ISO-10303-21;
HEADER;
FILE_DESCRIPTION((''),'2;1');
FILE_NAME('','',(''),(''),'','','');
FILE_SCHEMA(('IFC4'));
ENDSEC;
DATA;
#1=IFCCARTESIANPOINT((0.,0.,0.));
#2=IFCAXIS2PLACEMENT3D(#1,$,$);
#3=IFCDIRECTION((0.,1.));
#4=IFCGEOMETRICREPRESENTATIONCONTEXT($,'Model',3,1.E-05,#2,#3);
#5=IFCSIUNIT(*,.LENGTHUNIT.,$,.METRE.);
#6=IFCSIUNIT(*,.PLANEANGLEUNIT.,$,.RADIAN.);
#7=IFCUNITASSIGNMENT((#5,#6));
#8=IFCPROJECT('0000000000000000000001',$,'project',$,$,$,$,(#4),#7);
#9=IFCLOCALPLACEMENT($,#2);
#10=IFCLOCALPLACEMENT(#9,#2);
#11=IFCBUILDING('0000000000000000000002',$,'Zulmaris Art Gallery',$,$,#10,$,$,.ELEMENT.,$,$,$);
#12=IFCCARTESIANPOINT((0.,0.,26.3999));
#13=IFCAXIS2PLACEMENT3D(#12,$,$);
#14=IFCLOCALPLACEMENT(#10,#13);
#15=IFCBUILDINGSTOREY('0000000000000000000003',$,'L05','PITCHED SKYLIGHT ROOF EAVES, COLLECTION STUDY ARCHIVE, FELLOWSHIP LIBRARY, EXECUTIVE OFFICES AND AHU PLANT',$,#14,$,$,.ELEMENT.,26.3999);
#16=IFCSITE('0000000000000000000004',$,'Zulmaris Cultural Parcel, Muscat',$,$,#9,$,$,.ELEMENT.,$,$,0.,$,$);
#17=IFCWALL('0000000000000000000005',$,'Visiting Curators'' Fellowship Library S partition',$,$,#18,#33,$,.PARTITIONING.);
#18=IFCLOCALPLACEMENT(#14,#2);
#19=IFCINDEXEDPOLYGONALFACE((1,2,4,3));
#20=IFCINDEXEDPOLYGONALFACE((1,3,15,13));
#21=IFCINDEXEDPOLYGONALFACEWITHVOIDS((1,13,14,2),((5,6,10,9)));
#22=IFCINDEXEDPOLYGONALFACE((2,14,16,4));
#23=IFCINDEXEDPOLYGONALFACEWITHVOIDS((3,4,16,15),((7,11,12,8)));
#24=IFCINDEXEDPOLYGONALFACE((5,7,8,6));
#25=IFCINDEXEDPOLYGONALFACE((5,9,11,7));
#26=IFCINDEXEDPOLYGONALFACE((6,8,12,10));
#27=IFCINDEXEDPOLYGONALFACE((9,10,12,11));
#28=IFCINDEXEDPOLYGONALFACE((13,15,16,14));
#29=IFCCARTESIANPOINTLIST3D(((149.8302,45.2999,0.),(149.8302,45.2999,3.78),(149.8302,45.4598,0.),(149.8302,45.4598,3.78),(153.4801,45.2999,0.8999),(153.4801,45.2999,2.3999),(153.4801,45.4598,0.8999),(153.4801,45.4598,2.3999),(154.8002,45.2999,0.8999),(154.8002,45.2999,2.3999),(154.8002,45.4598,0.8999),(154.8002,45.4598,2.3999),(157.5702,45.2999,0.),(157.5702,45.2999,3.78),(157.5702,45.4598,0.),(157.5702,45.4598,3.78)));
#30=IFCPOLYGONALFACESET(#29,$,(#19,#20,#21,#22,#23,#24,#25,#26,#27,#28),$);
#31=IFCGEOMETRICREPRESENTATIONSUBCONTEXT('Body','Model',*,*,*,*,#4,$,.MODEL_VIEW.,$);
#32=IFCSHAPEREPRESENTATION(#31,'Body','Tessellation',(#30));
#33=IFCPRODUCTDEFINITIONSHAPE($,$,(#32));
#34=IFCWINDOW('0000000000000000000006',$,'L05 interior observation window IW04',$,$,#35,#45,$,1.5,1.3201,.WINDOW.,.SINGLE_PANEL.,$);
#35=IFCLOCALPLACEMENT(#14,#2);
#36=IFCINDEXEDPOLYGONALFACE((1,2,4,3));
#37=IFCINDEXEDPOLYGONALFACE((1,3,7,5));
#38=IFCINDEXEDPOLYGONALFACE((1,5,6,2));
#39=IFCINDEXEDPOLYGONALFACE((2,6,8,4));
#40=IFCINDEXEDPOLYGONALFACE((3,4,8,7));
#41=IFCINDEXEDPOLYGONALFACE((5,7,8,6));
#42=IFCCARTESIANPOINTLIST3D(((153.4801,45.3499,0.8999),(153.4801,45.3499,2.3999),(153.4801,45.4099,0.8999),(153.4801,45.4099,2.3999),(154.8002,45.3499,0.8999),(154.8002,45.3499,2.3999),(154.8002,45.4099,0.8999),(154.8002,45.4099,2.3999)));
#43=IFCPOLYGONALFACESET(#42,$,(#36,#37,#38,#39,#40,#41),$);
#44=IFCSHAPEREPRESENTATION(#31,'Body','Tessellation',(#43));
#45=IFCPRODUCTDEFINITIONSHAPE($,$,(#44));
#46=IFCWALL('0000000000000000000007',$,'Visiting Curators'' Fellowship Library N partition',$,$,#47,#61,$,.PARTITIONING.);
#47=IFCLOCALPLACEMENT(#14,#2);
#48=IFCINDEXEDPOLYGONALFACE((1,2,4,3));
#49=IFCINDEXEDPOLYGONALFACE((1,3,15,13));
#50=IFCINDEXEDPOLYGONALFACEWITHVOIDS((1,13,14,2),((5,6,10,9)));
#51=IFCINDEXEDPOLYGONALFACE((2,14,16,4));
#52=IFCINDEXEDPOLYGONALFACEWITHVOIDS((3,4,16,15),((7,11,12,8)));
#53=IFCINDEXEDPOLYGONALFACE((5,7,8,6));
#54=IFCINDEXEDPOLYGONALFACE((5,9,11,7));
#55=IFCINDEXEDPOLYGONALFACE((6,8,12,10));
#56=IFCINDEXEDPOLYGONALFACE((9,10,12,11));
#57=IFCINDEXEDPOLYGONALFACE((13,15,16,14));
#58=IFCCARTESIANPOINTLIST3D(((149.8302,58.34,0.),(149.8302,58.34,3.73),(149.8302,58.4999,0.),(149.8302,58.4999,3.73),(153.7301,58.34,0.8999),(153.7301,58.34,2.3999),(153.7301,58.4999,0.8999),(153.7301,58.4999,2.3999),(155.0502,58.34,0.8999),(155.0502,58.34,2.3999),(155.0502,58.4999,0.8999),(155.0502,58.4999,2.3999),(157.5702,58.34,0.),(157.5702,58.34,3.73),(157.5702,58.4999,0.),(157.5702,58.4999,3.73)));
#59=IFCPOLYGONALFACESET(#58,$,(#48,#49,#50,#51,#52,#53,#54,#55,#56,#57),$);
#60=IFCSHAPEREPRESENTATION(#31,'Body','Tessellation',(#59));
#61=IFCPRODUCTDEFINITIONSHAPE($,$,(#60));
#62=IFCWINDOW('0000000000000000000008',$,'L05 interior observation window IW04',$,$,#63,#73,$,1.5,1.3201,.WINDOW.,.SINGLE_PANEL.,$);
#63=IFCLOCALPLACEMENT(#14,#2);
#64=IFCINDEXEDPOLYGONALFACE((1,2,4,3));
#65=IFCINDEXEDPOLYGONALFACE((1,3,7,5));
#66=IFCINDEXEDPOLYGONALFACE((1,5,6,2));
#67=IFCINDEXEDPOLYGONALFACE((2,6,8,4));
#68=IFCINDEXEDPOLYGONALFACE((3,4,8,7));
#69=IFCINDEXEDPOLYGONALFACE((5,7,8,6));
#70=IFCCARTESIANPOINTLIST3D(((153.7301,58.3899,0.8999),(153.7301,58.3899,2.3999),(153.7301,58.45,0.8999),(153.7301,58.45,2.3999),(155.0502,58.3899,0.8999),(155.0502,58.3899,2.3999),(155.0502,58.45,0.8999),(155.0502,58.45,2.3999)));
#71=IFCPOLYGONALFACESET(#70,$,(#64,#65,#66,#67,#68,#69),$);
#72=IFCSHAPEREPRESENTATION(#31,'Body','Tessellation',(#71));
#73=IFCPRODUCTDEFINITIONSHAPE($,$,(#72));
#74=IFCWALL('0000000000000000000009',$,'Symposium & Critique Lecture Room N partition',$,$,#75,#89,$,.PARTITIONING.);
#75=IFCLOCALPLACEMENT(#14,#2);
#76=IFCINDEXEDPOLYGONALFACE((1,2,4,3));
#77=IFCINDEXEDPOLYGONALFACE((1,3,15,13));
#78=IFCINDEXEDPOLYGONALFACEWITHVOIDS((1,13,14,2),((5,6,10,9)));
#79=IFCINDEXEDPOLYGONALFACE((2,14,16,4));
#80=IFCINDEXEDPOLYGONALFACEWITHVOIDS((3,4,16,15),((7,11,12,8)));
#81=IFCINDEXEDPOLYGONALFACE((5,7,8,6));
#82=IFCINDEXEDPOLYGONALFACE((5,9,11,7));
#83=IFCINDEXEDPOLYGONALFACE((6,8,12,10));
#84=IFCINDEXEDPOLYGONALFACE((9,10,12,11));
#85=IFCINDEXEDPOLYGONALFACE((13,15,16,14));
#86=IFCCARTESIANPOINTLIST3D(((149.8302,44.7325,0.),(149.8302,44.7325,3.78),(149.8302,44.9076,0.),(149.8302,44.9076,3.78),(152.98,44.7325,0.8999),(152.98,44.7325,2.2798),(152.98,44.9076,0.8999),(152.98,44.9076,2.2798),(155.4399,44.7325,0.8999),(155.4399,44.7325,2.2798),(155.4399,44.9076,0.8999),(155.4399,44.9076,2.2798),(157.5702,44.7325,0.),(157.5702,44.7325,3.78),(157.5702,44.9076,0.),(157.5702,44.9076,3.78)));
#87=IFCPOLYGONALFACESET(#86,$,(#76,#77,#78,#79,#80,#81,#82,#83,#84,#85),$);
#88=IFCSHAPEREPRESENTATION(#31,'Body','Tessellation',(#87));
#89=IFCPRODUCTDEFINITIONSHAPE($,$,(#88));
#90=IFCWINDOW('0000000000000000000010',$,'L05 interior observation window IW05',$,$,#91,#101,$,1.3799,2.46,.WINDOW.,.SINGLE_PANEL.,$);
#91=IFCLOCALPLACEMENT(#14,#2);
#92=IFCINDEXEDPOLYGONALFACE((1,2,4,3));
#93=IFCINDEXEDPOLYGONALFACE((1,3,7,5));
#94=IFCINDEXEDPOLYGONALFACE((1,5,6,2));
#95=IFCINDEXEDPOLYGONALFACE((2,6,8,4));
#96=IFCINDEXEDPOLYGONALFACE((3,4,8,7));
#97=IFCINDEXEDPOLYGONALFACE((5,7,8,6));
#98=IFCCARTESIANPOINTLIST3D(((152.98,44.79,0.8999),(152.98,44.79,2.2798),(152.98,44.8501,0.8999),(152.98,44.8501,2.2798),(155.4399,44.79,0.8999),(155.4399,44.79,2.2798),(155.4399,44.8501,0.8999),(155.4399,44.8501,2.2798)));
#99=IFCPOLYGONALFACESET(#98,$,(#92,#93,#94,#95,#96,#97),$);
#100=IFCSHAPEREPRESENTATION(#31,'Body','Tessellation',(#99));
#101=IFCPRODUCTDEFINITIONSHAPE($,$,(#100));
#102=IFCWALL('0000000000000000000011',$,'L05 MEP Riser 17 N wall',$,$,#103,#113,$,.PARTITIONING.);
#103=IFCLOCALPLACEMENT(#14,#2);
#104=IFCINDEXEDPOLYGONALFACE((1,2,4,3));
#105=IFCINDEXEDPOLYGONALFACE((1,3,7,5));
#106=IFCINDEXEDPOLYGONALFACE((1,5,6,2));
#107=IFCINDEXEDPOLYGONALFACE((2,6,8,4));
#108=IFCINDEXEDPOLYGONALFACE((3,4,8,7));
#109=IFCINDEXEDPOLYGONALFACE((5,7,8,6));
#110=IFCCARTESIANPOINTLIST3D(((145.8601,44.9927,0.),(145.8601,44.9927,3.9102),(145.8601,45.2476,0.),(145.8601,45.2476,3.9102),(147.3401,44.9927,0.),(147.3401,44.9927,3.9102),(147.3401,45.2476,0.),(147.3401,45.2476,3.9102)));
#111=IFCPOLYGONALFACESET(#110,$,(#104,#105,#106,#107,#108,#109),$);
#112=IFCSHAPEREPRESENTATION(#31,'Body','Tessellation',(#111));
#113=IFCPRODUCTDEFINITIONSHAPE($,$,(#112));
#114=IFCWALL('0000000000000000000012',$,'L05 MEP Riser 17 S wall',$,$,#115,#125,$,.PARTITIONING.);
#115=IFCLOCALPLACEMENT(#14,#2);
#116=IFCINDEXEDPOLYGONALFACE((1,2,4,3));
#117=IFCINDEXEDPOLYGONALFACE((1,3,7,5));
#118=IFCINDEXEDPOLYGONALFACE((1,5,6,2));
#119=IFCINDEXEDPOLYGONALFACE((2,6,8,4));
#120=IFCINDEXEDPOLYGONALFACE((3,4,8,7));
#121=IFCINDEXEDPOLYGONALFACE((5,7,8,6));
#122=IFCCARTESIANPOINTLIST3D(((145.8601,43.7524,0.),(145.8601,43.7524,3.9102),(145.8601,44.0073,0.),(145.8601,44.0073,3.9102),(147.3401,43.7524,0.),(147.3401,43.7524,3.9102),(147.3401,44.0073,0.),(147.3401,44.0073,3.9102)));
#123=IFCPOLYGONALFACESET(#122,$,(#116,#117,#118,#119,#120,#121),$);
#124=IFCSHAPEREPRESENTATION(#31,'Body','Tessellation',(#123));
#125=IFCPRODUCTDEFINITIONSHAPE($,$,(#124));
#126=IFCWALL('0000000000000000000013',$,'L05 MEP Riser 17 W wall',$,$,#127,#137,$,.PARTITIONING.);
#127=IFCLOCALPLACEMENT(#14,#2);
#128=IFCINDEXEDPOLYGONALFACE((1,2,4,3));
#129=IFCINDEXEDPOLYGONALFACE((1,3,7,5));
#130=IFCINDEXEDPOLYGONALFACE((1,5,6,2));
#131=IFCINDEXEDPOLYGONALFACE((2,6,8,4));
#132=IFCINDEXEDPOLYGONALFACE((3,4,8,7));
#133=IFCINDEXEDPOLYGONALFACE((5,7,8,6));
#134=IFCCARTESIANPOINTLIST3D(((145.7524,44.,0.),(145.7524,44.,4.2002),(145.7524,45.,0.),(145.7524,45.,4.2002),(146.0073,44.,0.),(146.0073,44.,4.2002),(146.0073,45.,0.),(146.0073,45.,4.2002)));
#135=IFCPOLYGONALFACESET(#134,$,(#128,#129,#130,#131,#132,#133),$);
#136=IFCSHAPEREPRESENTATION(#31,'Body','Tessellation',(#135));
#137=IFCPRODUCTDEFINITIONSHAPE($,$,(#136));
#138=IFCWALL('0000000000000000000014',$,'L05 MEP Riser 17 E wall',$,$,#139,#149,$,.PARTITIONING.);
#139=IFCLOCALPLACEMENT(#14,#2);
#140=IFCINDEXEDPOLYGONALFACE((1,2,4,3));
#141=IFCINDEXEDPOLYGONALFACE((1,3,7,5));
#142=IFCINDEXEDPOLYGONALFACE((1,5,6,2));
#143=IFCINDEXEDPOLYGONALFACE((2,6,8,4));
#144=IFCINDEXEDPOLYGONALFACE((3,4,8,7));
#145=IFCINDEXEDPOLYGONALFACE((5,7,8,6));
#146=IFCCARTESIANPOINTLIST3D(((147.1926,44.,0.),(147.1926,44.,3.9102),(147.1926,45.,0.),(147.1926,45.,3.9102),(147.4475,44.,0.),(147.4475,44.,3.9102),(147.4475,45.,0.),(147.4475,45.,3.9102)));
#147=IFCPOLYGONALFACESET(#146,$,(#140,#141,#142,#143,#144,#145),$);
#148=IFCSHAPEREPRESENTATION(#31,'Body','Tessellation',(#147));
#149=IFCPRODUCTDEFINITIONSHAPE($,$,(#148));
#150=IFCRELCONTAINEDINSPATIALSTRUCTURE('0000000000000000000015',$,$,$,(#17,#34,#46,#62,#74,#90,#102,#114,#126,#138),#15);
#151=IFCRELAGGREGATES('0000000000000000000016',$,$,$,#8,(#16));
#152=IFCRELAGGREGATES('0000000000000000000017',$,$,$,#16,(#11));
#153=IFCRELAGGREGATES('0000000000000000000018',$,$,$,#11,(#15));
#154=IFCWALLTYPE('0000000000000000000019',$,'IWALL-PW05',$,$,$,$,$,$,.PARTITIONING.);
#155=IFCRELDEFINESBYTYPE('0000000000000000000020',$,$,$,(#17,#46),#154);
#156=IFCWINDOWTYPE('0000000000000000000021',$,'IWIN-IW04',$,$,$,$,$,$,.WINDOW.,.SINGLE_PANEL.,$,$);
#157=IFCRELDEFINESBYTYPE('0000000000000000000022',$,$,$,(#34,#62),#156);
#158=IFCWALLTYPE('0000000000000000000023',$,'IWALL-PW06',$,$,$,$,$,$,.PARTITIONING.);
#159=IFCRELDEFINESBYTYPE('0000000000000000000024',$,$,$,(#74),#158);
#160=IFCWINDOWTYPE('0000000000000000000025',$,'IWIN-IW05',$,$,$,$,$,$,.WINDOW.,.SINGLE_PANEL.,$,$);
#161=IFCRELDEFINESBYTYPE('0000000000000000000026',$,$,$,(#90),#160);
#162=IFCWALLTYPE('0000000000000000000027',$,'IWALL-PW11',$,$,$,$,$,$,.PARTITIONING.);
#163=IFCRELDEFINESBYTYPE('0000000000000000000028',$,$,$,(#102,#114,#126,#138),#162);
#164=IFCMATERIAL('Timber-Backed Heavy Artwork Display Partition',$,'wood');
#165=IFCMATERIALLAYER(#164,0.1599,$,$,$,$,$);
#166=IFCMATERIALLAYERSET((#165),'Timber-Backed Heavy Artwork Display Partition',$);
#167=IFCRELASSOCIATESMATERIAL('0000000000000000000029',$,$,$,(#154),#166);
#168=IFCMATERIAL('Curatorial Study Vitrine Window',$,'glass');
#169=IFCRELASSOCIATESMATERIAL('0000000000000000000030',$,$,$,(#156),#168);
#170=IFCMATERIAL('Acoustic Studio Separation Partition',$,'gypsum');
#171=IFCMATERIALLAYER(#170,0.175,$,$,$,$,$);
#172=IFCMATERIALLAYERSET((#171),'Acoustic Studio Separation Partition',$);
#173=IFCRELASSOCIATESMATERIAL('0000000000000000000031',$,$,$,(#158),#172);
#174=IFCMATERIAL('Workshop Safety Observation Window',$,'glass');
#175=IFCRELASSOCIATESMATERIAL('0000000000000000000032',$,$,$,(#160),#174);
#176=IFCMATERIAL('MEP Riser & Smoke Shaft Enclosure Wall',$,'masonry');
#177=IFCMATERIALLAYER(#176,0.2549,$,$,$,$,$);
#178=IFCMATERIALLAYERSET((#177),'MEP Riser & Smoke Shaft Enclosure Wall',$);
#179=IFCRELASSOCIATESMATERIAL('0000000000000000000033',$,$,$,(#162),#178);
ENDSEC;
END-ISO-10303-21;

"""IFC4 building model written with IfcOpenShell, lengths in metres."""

from ifc_helpers import new_model, si_unit, direction, frame, frame_2d, origin, place, context, subcontext, project, spatial, rectangle, extrude, material, layer, layer_set, type_object, element, fill, save


model = new_model("IFC4")

# Units and contexts
model_context = context("Model", 3, precision=1e-05, world=origin(), true_north=direction((0.0, 1.0)))
body_context = subcontext(model_context, "Body", "Model", "MODEL_VIEW")
ifc_project = project(units=[si_unit("LENGTHUNIT", "METRE"), si_unit("PLANEANGLEUNIT", "RADIAN")], contexts=[model_context])

# Site, building, storey
site_placement = place(None, origin())
site = spatial("IfcSite", under=ifc_project, at=site_placement, Name="Zulmaris Cultural Parcel, Muscat", CompositionType="ELEMENT", RefElevation=0.0)
building_placement = place(site_placement, origin())
building = spatial("IfcBuilding", under=site, at=building_placement, Name="Zulmaris Art Gallery", CompositionType="ELEMENT")
storey_placement = place(building_placement, frame((0.0, 0.0, 26.3999)))
storey = spatial("IfcBuildingStorey", under=building, at=storey_placement, Name="L05", Description="PITCHED SKYLIGHT ROOF EAVES, COLLECTION STUDY ARCHIVE, FELLOWSHIP LIBRARY, EXECUTIVE OFFICES AND AHU PLANT", CompositionType="ELEMENT", Elevation=26.3999)

# Shared definitions
ifc_material_1 = material(Name="Timber-Backed Heavy Artwork Display Partition", Category="wood")
ifc_layer_1 = layer(ifc_material_1, 0.1599)
ifc_layer_set_1 = layer_set([ifc_layer_1], Name="Timber-Backed Heavy Artwork Display Partition")
wall_type_1 = type_object("IfcWallType", Name="IWALL-PW05", PredefinedType="PARTITIONING", material=ifc_layer_set_1)

# Walls, openings, windows
wall_1_placement = place(storey_placement, frame((149.8301, 45.3799, 0.0), z_axis=(0.0, 0.0, 1.0), x_axis=(1.0, 0.0, 0.0)))
wall_1 = element("IfcWall", 1, at=wall_1_placement, inside=storey, type_object=wall_type_1, Name="Visiting Curators' Fellowship Library S partition", PredefinedType="PARTITIONING", context=body_context, shape_type="SweptSolid", body=[
    extrude(rectangle(XDim=7.74, YDim=0.1599, at=frame_2d((3.8701, 0.0))), origin(), (0.0, 0.0, 1.0), 3.78),
])
opening_1_placement = place(wall_1_placement, frame((3.6499, 0.0, 0.8999)))
opening_1 = element("IfcOpeningElement", 2, at=opening_1_placement, cuts=wall_1, PredefinedType="OPENING", context=body_context, shape_type="SweptSolid", body=[
    extrude(rectangle(XDim=1.3201, YDim=1.5, at=frame_2d((0.6602, 0.75))), frame((0.0, 0.0898, 0.0), z_axis=(0.0, -1.0, 0.0), x_axis=(1.0, 0.0, 0.0)), (0.0, 0.0, 1.0), 0.1799),
])
ifc_material_2 = material(Name="Curatorial Study Vitrine Window", Category="glass")
window_type_1 = type_object("IfcWindowType", Name="IWIN-IW04", PartitioningType="SINGLE_PANEL", PredefinedType="WINDOW", material=ifc_material_2)
window_1_placement = place(opening_1_placement, origin())
window_1 = element("IfcWindow", 3, at=window_1_placement, inside=storey, type_object=window_type_1, Name="L05 interior observation window IW04", OverallHeight=1.5, OverallWidth=1.3201, PartitioningType="SINGLE_PANEL", PredefinedType="WINDOW", context=body_context, shape_type="SweptSolid", body=[
    extrude(rectangle(XDim=1.3201, YDim=1.5, at=frame_2d((0.6602, 0.75))), frame((0.0, 0.03, 0.0), z_axis=(0.0, -1.0, 0.0), x_axis=(1.0, 0.0, 0.0)), (0.0, 0.0, 1.0), 0.0601),
])
fill(opening_1, window_1)
wall_2_placement = place(storey_placement, frame((149.8301, 58.4199, 0.0), z_axis=(0.0, 0.0, 1.0), x_axis=(1.0, 0.0, 0.0)))
wall_2 = element("IfcWall", 4, at=wall_2_placement, inside=storey, type_object=wall_type_1, Name="Visiting Curators' Fellowship Library N partition", PredefinedType="PARTITIONING", context=body_context, shape_type="SweptSolid", body=[
    extrude(rectangle(XDim=7.74, YDim=0.1599, at=frame_2d((3.8701, 0.0))), origin(), (0.0, 0.0, 1.0), 3.73),
])
opening_2_placement = place(wall_2_placement, frame((3.8999, 0.0, 0.8999)))
opening_2 = element("IfcOpeningElement", 5, at=opening_2_placement, cuts=wall_2, PredefinedType="OPENING", context=body_context, shape_type="SweptSolid", body=[
    extrude(rectangle(XDim=1.3201, YDim=1.5, at=frame_2d((0.6602, 0.75))), frame((0.0, 0.0898, 0.0), z_axis=(0.0, -1.0, 0.0), x_axis=(1.0, 0.0, 0.0)), (0.0, 0.0, 1.0), 0.1799),
])
window_2_placement = place(opening_2_placement, origin())
window_2 = element("IfcWindow", 6, at=window_2_placement, inside=storey, type_object=window_type_1, Name="L05 interior observation window IW04", OverallHeight=1.5, OverallWidth=1.3201, PartitioningType="SINGLE_PANEL", PredefinedType="WINDOW", context=body_context, shape_type="SweptSolid", body=[
    extrude(rectangle(XDim=1.3201, YDim=1.5, at=frame_2d((0.6602, 0.75))), frame((0.0, 0.03, 0.0), z_axis=(0.0, -1.0, 0.0), x_axis=(1.0, 0.0, 0.0)), (0.0, 0.0, 1.0), 0.0601),
])
fill(opening_2, window_2)
ifc_material_3 = material(Name="Acoustic Studio Separation Partition", Category="gypsum")
ifc_layer_2 = layer(ifc_material_3, 0.175)
ifc_layer_set_2 = layer_set([ifc_layer_2], Name="Acoustic Studio Separation Partition")
wall_type_2 = type_object("IfcWallType", Name="IWALL-PW06", PredefinedType="PARTITIONING", material=ifc_layer_set_2)
wall_3_placement = place(storey_placement, frame((149.8301, 44.8201, 0.0), z_axis=(0.0, 0.0, 1.0), x_axis=(1.0, 0.0, 0.0)))
wall_3 = element("IfcWall", 7, at=wall_3_placement, inside=storey, type_object=wall_type_2, Name="Symposium & Critique Lecture Room N partition", PredefinedType="PARTITIONING", context=body_context, shape_type="SweptSolid", body=[
    extrude(rectangle(XDim=7.74, YDim=0.175, at=frame_2d((3.8701, 0.0))), origin(), (0.0, 0.0, 1.0), 3.78),
])
opening_3_placement = place(wall_3_placement, frame((3.1499, 0.0, 0.8999)))
opening_3 = element("IfcOpeningElement", 8, at=opening_3_placement, cuts=wall_3, PredefinedType="OPENING", context=body_context, shape_type="SweptSolid", body=[
    extrude(rectangle(XDim=2.46, YDim=1.3799, at=frame_2d((1.23, 0.6899))), frame((0.0, 0.0974, 0.0), z_axis=(0.0, -1.0, 0.0), x_axis=(1.0, 0.0, 0.0)), (0.0, 0.0, 1.0), 0.1951),
])
ifc_material_4 = material(Name="Workshop Safety Observation Window", Category="glass")
window_type_2 = type_object("IfcWindowType", Name="IWIN-IW05", PartitioningType="SINGLE_PANEL", PredefinedType="WINDOW", material=ifc_material_4)
window_3_placement = place(opening_3_placement, origin())
window_3 = element("IfcWindow", 9, at=window_3_placement, inside=storey, type_object=window_type_2, Name="L05 interior observation window IW05", OverallHeight=1.3799, OverallWidth=2.46, PartitioningType="SINGLE_PANEL", PredefinedType="WINDOW", context=body_context, shape_type="SweptSolid", body=[
    extrude(rectangle(XDim=2.46, YDim=1.3799, at=frame_2d((1.23, 0.6899))), frame((0.0, 0.03, 0.0), z_axis=(0.0, -1.0, 0.0), x_axis=(1.0, 0.0, 0.0)), (0.0, 0.0, 1.0), 0.0601),
])
fill(opening_3, window_3)

# Walls
ifc_material_5 = material(Name="MEP Riser & Smoke Shaft Enclosure Wall", Category="masonry")
ifc_layer_3 = layer(ifc_material_5, 0.2549)
ifc_layer_set_3 = layer_set([ifc_layer_3], Name="MEP Riser & Smoke Shaft Enclosure Wall")
wall_type_3 = type_object("IfcWallType", Name="IWALL-PW11", PredefinedType="PARTITIONING", material=ifc_layer_set_3)
for number, where, z_axis, x_axis, name in (
    (10, (145.8601, 45.1201, 0.0), (0.0, 0.0, 1.0), (1.0, 0.0, 0.0), "L05 MEP Riser 17 N wall"),
    (11, (145.8601, 43.8799, 0.0), (0.0, 0.0, 1.0), (1.0, 0.0, 0.0), "L05 MEP Riser 17 S wall"),
):
    element("IfcWall", number, at=place(storey_placement, frame(where, z_axis=z_axis, x_axis=x_axis)), inside=storey, type_object=wall_type_3, Name=name, PredefinedType="PARTITIONING", context=body_context, shape_type="SweptSolid", body=[
        extrude(rectangle(XDim=1.48, YDim=0.2549, at=frame_2d((0.74, 0.0))), origin(), (0.0, 0.0, 1.0), 3.9102),
    ])
wall_4_placement = place(storey_placement, frame((145.8799, 44.0, 0.0), z_axis=(0.0, 0.0, 1.0), x_axis=(0.0, 1.0, 0.0)))
element("IfcWall", 12, at=wall_4_placement, inside=storey, type_object=wall_type_3, Name="L05 MEP Riser 17 W wall", PredefinedType="PARTITIONING", context=body_context, shape_type="SweptSolid", body=[
    extrude(rectangle(XDim=1.0, YDim=0.2549, at=frame_2d((0.5, 0.0))), origin(), (0.0, 0.0, 1.0), 4.2002),
])
wall_5_placement = place(storey_placement, frame((147.3201, 44.0, 0.0), z_axis=(0.0, 0.0, 1.0), x_axis=(0.0, 1.0, 0.0)))
element("IfcWall", 13, at=wall_5_placement, inside=storey, type_object=wall_type_3, Name="L05 MEP Riser 17 E wall", PredefinedType="PARTITIONING", context=body_context, shape_type="SweptSolid", body=[
    extrude(rectangle(XDim=1.0, YDim=0.2549, at=frame_2d((0.5, 0.0))), origin(), (0.0, 0.0, 1.0), 3.9102),
])

save(model, "model.ifc")
